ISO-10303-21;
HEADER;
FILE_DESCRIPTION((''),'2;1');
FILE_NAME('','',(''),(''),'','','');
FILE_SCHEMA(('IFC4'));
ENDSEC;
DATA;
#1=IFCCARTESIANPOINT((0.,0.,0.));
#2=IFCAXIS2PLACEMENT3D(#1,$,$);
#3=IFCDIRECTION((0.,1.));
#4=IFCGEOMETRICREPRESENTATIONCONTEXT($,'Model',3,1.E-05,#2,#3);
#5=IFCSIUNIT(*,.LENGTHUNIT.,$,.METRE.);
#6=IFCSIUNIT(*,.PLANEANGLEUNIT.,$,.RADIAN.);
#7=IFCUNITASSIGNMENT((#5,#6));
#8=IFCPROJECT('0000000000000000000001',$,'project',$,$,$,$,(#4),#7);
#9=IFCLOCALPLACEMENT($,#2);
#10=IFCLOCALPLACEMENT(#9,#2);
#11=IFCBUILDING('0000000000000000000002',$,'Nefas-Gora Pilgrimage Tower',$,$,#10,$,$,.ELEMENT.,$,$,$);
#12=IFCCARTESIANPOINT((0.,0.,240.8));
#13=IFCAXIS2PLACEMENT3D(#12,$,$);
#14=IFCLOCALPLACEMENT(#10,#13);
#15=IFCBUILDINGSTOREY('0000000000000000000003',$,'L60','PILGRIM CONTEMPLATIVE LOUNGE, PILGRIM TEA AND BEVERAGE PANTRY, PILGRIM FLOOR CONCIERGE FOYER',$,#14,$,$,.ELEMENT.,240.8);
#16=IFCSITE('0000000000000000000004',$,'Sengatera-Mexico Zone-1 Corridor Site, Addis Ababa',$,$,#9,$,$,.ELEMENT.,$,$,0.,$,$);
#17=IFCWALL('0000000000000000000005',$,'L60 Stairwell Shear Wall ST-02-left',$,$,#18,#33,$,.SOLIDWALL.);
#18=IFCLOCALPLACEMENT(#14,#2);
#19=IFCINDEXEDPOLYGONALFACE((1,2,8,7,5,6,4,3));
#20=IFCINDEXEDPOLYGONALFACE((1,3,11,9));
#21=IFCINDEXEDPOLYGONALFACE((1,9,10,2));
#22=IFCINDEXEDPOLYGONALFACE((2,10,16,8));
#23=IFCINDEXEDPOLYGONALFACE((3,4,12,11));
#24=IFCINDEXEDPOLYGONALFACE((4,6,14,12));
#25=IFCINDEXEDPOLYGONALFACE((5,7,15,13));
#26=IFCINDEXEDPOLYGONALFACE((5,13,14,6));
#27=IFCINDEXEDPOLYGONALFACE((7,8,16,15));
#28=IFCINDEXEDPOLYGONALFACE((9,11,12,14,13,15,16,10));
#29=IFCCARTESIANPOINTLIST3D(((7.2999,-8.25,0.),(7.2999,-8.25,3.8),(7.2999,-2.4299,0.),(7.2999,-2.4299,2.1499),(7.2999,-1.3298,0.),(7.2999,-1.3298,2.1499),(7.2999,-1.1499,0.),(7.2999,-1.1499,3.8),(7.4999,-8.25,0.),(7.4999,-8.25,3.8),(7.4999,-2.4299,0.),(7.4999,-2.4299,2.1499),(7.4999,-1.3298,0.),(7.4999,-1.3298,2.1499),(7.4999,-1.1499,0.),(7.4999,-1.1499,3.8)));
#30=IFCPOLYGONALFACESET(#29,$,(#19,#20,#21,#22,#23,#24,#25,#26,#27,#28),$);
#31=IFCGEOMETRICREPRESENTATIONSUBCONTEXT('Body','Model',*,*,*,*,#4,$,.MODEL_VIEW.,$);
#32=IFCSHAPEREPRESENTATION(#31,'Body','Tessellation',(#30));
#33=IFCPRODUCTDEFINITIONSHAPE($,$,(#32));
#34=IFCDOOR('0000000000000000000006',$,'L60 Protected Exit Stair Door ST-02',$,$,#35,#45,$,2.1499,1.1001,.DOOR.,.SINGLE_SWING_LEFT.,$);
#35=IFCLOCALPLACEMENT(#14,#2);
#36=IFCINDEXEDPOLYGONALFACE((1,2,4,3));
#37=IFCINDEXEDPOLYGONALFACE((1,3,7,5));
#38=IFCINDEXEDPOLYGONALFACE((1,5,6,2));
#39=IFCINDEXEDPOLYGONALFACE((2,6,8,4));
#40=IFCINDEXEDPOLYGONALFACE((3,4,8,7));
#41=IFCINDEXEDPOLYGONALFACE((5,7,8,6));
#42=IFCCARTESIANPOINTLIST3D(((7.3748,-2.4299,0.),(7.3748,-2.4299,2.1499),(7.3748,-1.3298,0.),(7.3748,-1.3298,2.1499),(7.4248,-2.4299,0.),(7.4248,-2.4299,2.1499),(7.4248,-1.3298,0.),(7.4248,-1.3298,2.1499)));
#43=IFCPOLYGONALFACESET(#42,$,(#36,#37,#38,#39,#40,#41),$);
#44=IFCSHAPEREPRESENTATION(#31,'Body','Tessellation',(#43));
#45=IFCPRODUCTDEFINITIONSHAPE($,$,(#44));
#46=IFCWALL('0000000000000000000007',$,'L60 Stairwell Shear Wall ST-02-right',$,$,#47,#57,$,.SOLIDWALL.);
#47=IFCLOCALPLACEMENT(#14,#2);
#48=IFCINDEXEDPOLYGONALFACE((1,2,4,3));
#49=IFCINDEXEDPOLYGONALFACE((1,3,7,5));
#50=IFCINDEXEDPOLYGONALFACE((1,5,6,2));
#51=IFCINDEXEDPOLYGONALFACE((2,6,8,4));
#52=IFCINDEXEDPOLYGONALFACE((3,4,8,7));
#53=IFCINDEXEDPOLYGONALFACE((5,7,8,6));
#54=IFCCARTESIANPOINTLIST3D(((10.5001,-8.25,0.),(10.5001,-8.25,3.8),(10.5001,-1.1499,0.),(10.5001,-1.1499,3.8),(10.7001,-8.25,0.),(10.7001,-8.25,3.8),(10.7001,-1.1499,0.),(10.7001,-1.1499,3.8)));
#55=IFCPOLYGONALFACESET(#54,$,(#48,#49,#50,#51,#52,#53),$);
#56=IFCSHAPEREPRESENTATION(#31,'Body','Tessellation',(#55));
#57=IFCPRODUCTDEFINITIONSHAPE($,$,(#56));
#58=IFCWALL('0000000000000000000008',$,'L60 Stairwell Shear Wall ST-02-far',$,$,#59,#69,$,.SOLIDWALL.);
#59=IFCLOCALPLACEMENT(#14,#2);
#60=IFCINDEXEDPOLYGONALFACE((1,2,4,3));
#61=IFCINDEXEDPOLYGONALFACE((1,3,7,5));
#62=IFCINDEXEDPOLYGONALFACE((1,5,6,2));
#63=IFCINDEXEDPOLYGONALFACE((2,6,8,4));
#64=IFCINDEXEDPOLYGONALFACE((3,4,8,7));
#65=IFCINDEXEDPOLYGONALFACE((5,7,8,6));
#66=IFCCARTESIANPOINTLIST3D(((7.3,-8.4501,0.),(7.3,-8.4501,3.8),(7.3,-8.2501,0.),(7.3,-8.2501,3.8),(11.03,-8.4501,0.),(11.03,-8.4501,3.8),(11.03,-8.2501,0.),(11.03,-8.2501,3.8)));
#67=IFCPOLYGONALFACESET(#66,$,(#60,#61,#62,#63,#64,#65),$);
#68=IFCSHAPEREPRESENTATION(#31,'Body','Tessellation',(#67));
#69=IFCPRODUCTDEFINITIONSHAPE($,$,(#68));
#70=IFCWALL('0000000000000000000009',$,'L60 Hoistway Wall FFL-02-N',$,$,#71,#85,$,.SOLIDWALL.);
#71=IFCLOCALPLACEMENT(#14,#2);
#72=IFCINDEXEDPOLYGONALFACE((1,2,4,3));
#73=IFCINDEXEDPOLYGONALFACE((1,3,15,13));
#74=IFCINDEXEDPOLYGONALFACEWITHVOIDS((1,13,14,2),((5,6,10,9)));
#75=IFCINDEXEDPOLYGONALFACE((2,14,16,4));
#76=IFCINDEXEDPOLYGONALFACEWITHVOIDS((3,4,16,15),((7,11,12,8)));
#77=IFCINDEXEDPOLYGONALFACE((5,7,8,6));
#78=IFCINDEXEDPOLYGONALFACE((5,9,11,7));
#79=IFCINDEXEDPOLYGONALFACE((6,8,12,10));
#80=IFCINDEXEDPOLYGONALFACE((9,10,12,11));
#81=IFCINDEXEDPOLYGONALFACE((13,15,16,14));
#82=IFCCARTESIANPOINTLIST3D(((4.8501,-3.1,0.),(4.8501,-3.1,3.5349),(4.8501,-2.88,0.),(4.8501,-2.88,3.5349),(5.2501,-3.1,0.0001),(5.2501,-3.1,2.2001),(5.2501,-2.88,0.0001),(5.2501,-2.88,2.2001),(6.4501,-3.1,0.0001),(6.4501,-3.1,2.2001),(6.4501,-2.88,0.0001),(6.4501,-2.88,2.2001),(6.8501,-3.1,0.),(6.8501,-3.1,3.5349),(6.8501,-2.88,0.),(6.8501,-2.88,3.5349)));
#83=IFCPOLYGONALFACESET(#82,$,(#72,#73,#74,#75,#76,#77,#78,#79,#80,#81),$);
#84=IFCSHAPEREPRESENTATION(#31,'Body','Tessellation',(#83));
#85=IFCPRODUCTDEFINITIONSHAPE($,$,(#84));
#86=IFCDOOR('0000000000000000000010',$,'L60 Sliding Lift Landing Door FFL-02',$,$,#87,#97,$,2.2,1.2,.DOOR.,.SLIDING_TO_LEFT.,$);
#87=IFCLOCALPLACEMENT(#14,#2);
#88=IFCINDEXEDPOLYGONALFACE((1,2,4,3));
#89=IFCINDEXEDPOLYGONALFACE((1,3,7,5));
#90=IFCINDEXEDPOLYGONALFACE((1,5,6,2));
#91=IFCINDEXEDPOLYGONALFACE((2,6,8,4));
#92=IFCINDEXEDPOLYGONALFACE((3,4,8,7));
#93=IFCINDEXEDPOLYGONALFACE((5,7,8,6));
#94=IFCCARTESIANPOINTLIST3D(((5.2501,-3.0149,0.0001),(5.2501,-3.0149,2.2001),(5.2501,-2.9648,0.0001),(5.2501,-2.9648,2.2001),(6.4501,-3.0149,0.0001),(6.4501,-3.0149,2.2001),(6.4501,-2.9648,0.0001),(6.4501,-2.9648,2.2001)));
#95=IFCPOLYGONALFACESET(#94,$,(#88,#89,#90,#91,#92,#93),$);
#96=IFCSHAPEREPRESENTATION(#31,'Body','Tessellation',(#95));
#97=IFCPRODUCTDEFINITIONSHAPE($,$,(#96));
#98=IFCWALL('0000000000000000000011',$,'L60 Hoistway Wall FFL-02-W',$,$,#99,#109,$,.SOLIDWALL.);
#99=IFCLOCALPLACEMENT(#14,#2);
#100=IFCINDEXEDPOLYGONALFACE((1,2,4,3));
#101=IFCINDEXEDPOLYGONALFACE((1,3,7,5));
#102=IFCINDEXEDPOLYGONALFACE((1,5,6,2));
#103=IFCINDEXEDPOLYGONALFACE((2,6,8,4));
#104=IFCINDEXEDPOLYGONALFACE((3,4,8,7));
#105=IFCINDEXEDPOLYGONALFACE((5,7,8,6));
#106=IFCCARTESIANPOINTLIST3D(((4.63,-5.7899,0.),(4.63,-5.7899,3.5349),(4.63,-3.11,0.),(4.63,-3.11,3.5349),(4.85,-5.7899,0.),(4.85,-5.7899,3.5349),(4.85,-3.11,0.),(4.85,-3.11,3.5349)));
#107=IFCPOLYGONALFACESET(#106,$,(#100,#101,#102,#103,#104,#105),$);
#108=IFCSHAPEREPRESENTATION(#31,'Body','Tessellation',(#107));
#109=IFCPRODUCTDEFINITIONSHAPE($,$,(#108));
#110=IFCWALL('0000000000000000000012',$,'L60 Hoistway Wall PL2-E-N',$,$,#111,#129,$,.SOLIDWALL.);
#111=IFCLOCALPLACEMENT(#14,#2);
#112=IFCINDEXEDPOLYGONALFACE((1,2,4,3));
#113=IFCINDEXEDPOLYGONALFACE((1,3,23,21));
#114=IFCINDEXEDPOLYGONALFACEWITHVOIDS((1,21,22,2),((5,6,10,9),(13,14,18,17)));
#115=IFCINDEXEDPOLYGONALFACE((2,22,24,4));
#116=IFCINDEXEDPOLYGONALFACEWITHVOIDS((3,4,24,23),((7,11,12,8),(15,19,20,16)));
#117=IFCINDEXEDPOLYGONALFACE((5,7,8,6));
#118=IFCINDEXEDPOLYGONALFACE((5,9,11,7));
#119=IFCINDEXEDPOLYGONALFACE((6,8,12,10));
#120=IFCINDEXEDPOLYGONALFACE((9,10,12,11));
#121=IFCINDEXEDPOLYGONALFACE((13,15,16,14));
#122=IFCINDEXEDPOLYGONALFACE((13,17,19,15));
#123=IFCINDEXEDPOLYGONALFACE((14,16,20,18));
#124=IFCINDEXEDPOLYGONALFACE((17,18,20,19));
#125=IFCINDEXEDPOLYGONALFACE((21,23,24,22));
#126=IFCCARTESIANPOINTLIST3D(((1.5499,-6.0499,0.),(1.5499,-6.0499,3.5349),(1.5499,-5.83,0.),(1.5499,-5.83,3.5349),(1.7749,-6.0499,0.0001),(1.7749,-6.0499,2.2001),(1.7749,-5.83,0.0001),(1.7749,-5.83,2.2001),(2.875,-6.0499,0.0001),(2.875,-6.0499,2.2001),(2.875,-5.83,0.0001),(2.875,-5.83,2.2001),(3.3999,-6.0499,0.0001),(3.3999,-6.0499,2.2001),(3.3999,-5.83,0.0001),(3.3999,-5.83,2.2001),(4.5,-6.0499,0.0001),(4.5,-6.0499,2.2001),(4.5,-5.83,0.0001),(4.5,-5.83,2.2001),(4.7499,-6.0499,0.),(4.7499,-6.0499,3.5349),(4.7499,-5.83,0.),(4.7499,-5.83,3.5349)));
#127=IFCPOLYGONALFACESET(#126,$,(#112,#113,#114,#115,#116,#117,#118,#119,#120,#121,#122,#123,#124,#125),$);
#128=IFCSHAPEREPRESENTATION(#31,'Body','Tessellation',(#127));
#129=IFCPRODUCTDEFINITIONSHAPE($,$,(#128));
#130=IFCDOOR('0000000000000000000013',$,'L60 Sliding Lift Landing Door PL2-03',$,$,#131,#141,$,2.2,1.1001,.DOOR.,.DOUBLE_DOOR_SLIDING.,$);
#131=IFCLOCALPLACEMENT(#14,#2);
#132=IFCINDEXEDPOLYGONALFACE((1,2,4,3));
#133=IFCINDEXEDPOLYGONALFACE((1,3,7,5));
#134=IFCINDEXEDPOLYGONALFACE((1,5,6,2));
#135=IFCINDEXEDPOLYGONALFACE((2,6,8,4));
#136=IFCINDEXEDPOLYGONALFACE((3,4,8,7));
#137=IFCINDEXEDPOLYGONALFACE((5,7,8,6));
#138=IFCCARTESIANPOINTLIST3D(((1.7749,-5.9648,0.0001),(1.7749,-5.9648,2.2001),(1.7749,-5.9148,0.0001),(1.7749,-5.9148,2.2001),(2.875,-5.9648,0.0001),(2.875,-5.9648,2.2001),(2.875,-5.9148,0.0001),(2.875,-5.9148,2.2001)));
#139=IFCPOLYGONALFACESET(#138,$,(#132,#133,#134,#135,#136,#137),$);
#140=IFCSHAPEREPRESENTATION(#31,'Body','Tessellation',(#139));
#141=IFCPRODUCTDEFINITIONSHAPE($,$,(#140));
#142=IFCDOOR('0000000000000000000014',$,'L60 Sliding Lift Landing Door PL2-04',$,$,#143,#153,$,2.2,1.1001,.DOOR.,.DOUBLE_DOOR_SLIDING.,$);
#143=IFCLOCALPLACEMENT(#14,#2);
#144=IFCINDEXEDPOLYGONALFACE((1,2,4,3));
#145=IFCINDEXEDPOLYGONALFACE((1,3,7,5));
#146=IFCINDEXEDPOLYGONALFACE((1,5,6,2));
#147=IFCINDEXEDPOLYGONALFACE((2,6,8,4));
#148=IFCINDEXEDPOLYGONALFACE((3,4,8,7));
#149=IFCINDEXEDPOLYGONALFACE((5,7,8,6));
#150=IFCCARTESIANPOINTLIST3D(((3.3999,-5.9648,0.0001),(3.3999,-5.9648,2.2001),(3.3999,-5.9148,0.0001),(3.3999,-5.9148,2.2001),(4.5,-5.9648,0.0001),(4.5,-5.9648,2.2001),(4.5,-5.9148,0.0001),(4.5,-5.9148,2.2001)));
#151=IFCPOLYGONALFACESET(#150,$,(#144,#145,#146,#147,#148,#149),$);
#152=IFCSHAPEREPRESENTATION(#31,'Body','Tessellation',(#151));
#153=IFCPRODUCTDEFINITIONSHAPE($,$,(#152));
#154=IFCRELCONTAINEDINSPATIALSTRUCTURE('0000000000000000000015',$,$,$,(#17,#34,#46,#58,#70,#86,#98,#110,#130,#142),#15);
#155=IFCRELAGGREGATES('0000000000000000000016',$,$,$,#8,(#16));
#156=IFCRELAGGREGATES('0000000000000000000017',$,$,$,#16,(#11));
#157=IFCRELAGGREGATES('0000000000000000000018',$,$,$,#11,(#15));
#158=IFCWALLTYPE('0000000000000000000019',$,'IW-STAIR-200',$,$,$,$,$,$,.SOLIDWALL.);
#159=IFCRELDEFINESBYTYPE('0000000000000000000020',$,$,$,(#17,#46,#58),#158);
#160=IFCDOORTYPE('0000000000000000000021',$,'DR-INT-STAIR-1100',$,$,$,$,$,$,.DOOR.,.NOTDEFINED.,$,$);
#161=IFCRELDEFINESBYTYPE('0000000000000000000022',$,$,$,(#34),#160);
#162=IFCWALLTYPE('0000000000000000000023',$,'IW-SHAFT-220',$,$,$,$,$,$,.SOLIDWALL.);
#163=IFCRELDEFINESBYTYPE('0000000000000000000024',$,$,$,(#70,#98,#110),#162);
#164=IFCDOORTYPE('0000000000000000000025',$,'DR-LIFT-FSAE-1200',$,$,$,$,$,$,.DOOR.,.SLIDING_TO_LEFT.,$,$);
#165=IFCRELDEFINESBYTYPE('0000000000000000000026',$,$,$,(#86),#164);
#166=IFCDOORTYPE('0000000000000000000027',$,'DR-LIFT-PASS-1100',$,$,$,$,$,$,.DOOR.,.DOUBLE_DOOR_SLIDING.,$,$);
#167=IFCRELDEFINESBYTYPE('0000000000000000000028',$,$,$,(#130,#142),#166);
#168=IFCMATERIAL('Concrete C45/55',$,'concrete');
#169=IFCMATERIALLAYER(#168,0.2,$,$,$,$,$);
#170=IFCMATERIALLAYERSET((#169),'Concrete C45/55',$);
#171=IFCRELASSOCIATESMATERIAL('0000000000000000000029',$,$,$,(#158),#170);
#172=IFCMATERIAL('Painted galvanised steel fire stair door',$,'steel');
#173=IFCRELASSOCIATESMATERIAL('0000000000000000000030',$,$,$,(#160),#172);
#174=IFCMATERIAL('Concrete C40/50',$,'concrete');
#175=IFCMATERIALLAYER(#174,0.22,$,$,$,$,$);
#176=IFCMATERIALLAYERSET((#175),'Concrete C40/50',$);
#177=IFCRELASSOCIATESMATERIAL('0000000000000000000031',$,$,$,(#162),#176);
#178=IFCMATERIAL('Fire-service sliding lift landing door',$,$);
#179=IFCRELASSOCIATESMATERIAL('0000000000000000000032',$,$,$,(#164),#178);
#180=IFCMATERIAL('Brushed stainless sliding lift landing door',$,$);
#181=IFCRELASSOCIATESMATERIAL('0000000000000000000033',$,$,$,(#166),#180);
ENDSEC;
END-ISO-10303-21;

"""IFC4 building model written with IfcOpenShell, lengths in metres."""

from ifc_helpers import new_model, si_unit, direction, frame, frame_2d, origin, place, context, subcontext, project, spatial, rectangle, extrude, source, transform, mapped, material, layer, layer_set, type_object, element, fill, save


model = new_model("IFC4")

# Units and contexts
model_context = context("Model", 3, precision=1e-05, world=origin(), true_north=direction((0.0, 1.0)))
body_context = subcontext(model_context, "Body", "Model", "MODEL_VIEW")
ifc_project = project(units=[si_unit("LENGTHUNIT", "METRE"), si_unit("PLANEANGLEUNIT", "RADIAN")], contexts=[model_context])

# Site, building, storey
site_placement = place(None, origin())
site = spatial("IfcSite", under=ifc_project, at=site_placement, Name="Sengatera-Mexico Zone-1 Corridor Site, Addis Ababa", CompositionType="ELEMENT", RefElevation=0.0)
building_placement = place(site_placement, origin())
building = spatial("IfcBuilding", under=site, at=building_placement, Name="Nefas-Gora Pilgrimage Tower", CompositionType="ELEMENT")
storey_placement = place(building_placement, frame((0.0, 0.0, 240.8)))
storey = spatial("IfcBuildingStorey", under=building, at=storey_placement, Name="L60", Description="PILGRIM CONTEMPLATIVE LOUNGE, PILGRIM TEA AND BEVERAGE PANTRY, PILGRIM FLOOR CONCIERGE FOYER", CompositionType="ELEMENT", Elevation=240.8)

# Shared definitions
ifc_material_1 = material(Name="Concrete C40/50", Category="concrete")

# Shared definitions
ifc_material_2 = material(Name="Concrete C45/55", Category="concrete")

# Shared definitions
ifc_layer_1 = layer(ifc_material_2, 0.2)
ifc_layer_set_1 = layer_set([ifc_layer_1], Name="Concrete C45/55")
wall_type_1 = type_object("IfcWallType", Name="IW-STAIR-200", PredefinedType="SOLIDWALL", material=ifc_layer_set_1)

# Wall, opening, door
shared_shape_1 = source(origin(), body_context, "Body", "SweptSolid", [
    extrude(rectangle(XDim=7.1001, YDim=0.2, at=frame_2d((3.55, 0.0))), origin(), (0.0, 0.0, 1.0), 3.8),
])
wall_1_placement = place(storey_placement, frame((7.3999, -1.1499, 0.0), z_axis=(0.0, 0.0, 1.0), x_axis=(0.0, -1.0, 0.0)))
wall_1 = element("IfcWall", 1, at=wall_1_placement, inside=storey, type_object=wall_type_1, Name="L60 Stairwell Shear Wall ST-02-left", PredefinedType="SOLIDWALL", context=body_context, shape_type="MappedRepresentation", body=[
    mapped(shared_shape_1, transform((0.0, 0.0, 0.0), x_axis=(1.0, 0.0, 0.0), y_axis=(0.0, 1.0, 0.0), z_axis=(0.0, 0.0, 1.0), scale=1.0)),
])
opening_1_placement = place(wall_1_placement, frame((0.1799, 0.0, 0.0)))
opening_1 = element("IfcOpeningElement", 2, at=opening_1_placement, cuts=wall_1, PredefinedType="OPENING", context=body_context, shape_type="SweptSolid", body=[
    extrude(rectangle(XDim=1.1001, YDim=2.1499, at=frame_2d((0.55, 1.075))), frame((0.0, 0.1099, 0.0), z_axis=(0.0, -1.0, 0.0), x_axis=(1.0, 0.0, 0.0)), (0.0, 0.0, 1.0), 0.22),
])
ifc_material_3 = material(Name="Painted galvanised steel fire stair door", Category="steel")
door_type_1 = type_object("IfcDoorType", Name="DR-INT-STAIR-1100", OperationType="NOTDEFINED", PredefinedType="DOOR", material=ifc_material_3)
shared_shape_2 = source(origin(), body_context, "Body", "SweptSolid", [
    extrude(rectangle(XDim=1.1001, YDim=2.1499, at=frame_2d((0.55, 1.075))), frame((0.0, 0.0249, 0.0), z_axis=(0.0, -1.0, 0.0), x_axis=(1.0, 0.0, 0.0)), (0.0, 0.0, 1.0), 0.05),
])
door_1_placement = place(opening_1_placement, origin())
door_1 = element("IfcDoor", 3, at=door_1_placement, inside=storey, type_object=door_type_1, Name="L60 Protected Exit Stair Door ST-02", OperationType="SINGLE_SWING_LEFT", OverallHeight=2.1499, OverallWidth=1.1001, PredefinedType="DOOR", context=body_context, shape_type="MappedRepresentation", body=[
    mapped(shared_shape_2, transform((0.0, 0.0, 0.0), x_axis=(1.0, 0.0, 0.0), y_axis=(0.0, 1.0, 0.0), z_axis=(0.0, 0.0, 1.0), scale=1.0)),
])
fill(opening_1, door_1)

# Walls
wall_2_placement = place(storey_placement, frame((10.6001, -1.1499, 0.0), z_axis=(0.0, 0.0, 1.0), x_axis=(0.0, -1.0, 0.0)))
element("IfcWall", 4, at=wall_2_placement, inside=storey, type_object=wall_type_1, Name="L60 Stairwell Shear Wall ST-02-right", PredefinedType="SOLIDWALL", context=body_context, shape_type="MappedRepresentation", body=[
    mapped(shared_shape_1, transform((0.0, 0.0, 0.0), x_axis=(1.0, 0.0, 0.0), y_axis=(0.0, 1.0, 0.0), z_axis=(0.0, 0.0, 1.0), scale=1.0)),
])
shared_shape_3 = source(origin(), body_context, "Body", "SweptSolid", [
    extrude(rectangle(XDim=3.73, YDim=0.2, at=frame_2d((1.865, 0.0))), origin(), (0.0, 0.0, 1.0), 3.8),
])
wall_3_placement = place(storey_placement, frame((7.3, -8.3501, 0.0), z_axis=(0.0, 0.0, 1.0), x_axis=(1.0, 0.0, 0.0)))
element("IfcWall", 5, at=wall_3_placement, inside=storey, type_object=wall_type_1, Name="L60 Stairwell Shear Wall ST-02-far", PredefinedType="SOLIDWALL", context=body_context, shape_type="MappedRepresentation", body=[
    mapped(shared_shape_3, transform((0.0, 0.0, 0.0), x_axis=(1.0, 0.0, 0.0), y_axis=(0.0, 1.0, 0.0), z_axis=(0.0, 0.0, 1.0), scale=1.0)),
])

# Wall, opening, door
ifc_layer_2 = layer(ifc_material_1, 0.22)
ifc_layer_set_2 = layer_set([ifc_layer_2], Name="Concrete C40/50")
wall_type_2 = type_object("IfcWallType", Name="IW-SHAFT-220", PredefinedType="SOLIDWALL", material=ifc_layer_set_2)
shared_shape_4 = source(origin(), body_context, "Body", "SweptSolid", [
    extrude(rectangle(XDim=2.0, YDim=0.22, at=frame_2d((1.0, 0.0))), origin(), (0.0, 0.0, 1.0), 3.5349),
])
wall_4_placement = place(storey_placement, frame((6.8501, -2.99, 0.0), z_axis=(0.0, 0.0, 1.0), x_axis=(-1.0, 0.0, 0.0)))
wall_4 = element("IfcWall", 6, at=wall_4_placement, inside=storey, type_object=wall_type_2, Name="L60 Hoistway Wall FFL-02-N", PredefinedType="SOLIDWALL", context=body_context, shape_type="MappedRepresentation", body=[
    mapped(shared_shape_4, transform((0.0, 0.0, 0.0), x_axis=(1.0, 0.0, 0.0), y_axis=(0.0, 1.0, 0.0), z_axis=(0.0, 0.0, 1.0), scale=1.0)),
])
opening_2_placement = place(wall_4_placement, frame((0.3999, 0.0, 0.0)))
opening_2 = element("IfcOpeningElement", 7, at=opening_2_placement, cuts=wall_4, PredefinedType="OPENING", context=body_context, shape_type="SweptSolid", body=[
    extrude(rectangle(XDim=1.2, YDim=2.2, at=frame_2d((0.6001, 1.1001))), frame((0.0, 0.1199, 0.0), z_axis=(0.0, -1.0, 0.0), x_axis=(1.0, 0.0, 0.0)), (0.0, 0.0, 1.0), 0.24),
])
ifc_material_4 = material(Name="Fire-service sliding lift landing door")
door_type_2 = type_object("IfcDoorType", Name="DR-LIFT-FSAE-1200", OperationType="SLIDING_TO_LEFT", PredefinedType="DOOR", material=ifc_material_4)
shared_shape_5 = source(origin(), body_context, "Body", "SweptSolid", [
    extrude(rectangle(XDim=1.2, YDim=2.2, at=frame_2d((0.6001, 1.1001))), frame((0.0, 0.0249, 0.0), z_axis=(0.0, -1.0, 0.0), x_axis=(1.0, 0.0, 0.0)), (0.0, 0.0, 1.0), 0.05),
])
door_2_placement = place(opening_2_placement, origin())
door_2 = element("IfcDoor", 8, at=door_2_placement, inside=storey, type_object=door_type_2, Name="L60 Sliding Lift Landing Door FFL-02", OperationType="SLIDING_TO_LEFT", OverallHeight=2.2, OverallWidth=1.2, PredefinedType="DOOR", context=body_context, shape_type="MappedRepresentation", body=[
    mapped(shared_shape_5, transform((0.0, 0.0, 0.0), x_axis=(1.0, 0.0, 0.0), y_axis=(0.0, 1.0, 0.0), z_axis=(0.0, 0.0, 1.0), scale=1.0)),
])
fill(opening_2, door_2)

# Wall
shared_shape_6 = source(origin(), body_context, "Body", "SweptSolid", [
    extrude(rectangle(XDim=2.6799, YDim=0.22, at=frame_2d((1.3398, 0.0))), origin(), (0.0, 0.0, 1.0), 3.5349),
])
wall_5_placement = place(storey_placement, frame((4.74, -3.1101, 0.0), z_axis=(0.0, 0.0, 1.0), x_axis=(0.0, -1.0, 0.0)))
element("IfcWall", 9, at=wall_5_placement, inside=storey, type_object=wall_type_2, Name="L60 Hoistway Wall FFL-02-W", PredefinedType="SOLIDWALL", context=body_context, shape_type="MappedRepresentation", body=[
    mapped(shared_shape_6, transform((0.0, 0.0, 0.0), x_axis=(1.0, 0.0, 0.0), y_axis=(0.0, 1.0, 0.0), z_axis=(0.0, 0.0, 1.0), scale=1.0)),
])

# Wall, openings, doors
shared_shape_7 = source(origin(), body_context, "Body", "SweptSolid", [
    extrude(rectangle(XDim=3.2, YDim=0.22, at=frame_2d((1.6001, 0.0))), origin(), (0.0, 0.0, 1.0), 3.5349),
])
wall_6_placement = place(storey_placement, frame((4.75, -5.9399, 0.0), z_axis=(0.0, 0.0, 1.0), x_axis=(-1.0, 0.0, 0.0)))
wall_6 = element("IfcWall", 10, at=wall_6_placement, inside=storey, type_object=wall_type_2, Name="L60 Hoistway Wall PL2-E-N", PredefinedType="SOLIDWALL", context=body_context, shape_type="MappedRepresentation", body=[
    mapped(shared_shape_7, transform((0.0, 0.0, 0.0), x_axis=(1.0, 0.0, 0.0), y_axis=(0.0, 1.0, 0.0), z_axis=(0.0, 0.0, 1.0), scale=1.0)),
])
opening_3_placement = place(wall_6_placement, frame((1.875, 0.0, 0.0)))
opening_3 = element("IfcOpeningElement", 11, at=opening_3_placement, cuts=wall_6, PredefinedType="OPENING", context=body_context, shape_type="SweptSolid", body=[
    extrude(rectangle(XDim=1.1001, YDim=2.2, at=frame_2d((0.55, 1.1001))), frame((0.0, 0.1199, 0.0), z_axis=(0.0, -1.0, 0.0), x_axis=(1.0, 0.0, 0.0)), (0.0, 0.0, 1.0), 0.24),
])
opening_4_placement = place(wall_6_placement, frame((0.25, 0.0, 0.0)))
opening_4 = element("IfcOpeningElement", 12, at=opening_4_placement, cuts=wall_6, PredefinedType="OPENING", context=body_context, shape_type="SweptSolid", body=[
    extrude(rectangle(XDim=1.1001, YDim=2.2, at=frame_2d((0.55, 1.1001))), frame((0.0, 0.1199, 0.0), z_axis=(0.0, -1.0, 0.0), x_axis=(1.0, 0.0, 0.0)), (0.0, 0.0, 1.0), 0.24),
])
ifc_material_5 = material(Name="Brushed stainless sliding lift landing door")
door_type_3 = type_object("IfcDoorType", Name="DR-LIFT-PASS-1100", OperationType="DOUBLE_DOOR_SLIDING", PredefinedType="DOOR", material=ifc_material_5)
shared_shape_8 = source(origin(), body_context, "Body", "SweptSolid", [
    extrude(rectangle(XDim=1.1001, YDim=2.2, at=frame_2d((0.55, 1.1001))), frame((0.0, 0.0249, 0.0), z_axis=(0.0, -1.0, 0.0), x_axis=(1.0, 0.0, 0.0)), (0.0, 0.0, 1.0), 0.05),
])
door_3_placement = place(opening_3_placement, origin())
door_3 = element("IfcDoor", 13, at=door_3_placement, inside=storey, type_object=door_type_3, Name="L60 Sliding Lift Landing Door PL2-03", OperationType="DOUBLE_DOOR_SLIDING", OverallHeight=2.2, OverallWidth=1.1001, PredefinedType="DOOR", context=body_context, shape_type="MappedRepresentation", body=[
    mapped(shared_shape_8, transform((0.0, 0.0, 0.0), x_axis=(1.0, 0.0, 0.0), y_axis=(0.0, 1.0, 0.0), z_axis=(0.0, 0.0, 1.0), scale=1.0)),
])
fill(opening_3, door_3)
door_4_placement = place(opening_4_placement, origin())
door_4 = element("IfcDoor", 14, at=door_4_placement, inside=storey, type_object=door_type_3, Name="L60 Sliding Lift Landing Door PL2-04", OperationType="DOUBLE_DOOR_SLIDING", OverallHeight=2.2, OverallWidth=1.1001, PredefinedType="DOOR", context=body_context, shape_type="MappedRepresentation", body=[
    mapped(shared_shape_8, transform((0.0, 0.0, 0.0), x_axis=(1.0, 0.0, 0.0), y_axis=(0.0, 1.0, 0.0), z_axis=(0.0, 0.0, 1.0), scale=1.0)),
])
fill(opening_4, door_4)

save(model, "model.ifc")
